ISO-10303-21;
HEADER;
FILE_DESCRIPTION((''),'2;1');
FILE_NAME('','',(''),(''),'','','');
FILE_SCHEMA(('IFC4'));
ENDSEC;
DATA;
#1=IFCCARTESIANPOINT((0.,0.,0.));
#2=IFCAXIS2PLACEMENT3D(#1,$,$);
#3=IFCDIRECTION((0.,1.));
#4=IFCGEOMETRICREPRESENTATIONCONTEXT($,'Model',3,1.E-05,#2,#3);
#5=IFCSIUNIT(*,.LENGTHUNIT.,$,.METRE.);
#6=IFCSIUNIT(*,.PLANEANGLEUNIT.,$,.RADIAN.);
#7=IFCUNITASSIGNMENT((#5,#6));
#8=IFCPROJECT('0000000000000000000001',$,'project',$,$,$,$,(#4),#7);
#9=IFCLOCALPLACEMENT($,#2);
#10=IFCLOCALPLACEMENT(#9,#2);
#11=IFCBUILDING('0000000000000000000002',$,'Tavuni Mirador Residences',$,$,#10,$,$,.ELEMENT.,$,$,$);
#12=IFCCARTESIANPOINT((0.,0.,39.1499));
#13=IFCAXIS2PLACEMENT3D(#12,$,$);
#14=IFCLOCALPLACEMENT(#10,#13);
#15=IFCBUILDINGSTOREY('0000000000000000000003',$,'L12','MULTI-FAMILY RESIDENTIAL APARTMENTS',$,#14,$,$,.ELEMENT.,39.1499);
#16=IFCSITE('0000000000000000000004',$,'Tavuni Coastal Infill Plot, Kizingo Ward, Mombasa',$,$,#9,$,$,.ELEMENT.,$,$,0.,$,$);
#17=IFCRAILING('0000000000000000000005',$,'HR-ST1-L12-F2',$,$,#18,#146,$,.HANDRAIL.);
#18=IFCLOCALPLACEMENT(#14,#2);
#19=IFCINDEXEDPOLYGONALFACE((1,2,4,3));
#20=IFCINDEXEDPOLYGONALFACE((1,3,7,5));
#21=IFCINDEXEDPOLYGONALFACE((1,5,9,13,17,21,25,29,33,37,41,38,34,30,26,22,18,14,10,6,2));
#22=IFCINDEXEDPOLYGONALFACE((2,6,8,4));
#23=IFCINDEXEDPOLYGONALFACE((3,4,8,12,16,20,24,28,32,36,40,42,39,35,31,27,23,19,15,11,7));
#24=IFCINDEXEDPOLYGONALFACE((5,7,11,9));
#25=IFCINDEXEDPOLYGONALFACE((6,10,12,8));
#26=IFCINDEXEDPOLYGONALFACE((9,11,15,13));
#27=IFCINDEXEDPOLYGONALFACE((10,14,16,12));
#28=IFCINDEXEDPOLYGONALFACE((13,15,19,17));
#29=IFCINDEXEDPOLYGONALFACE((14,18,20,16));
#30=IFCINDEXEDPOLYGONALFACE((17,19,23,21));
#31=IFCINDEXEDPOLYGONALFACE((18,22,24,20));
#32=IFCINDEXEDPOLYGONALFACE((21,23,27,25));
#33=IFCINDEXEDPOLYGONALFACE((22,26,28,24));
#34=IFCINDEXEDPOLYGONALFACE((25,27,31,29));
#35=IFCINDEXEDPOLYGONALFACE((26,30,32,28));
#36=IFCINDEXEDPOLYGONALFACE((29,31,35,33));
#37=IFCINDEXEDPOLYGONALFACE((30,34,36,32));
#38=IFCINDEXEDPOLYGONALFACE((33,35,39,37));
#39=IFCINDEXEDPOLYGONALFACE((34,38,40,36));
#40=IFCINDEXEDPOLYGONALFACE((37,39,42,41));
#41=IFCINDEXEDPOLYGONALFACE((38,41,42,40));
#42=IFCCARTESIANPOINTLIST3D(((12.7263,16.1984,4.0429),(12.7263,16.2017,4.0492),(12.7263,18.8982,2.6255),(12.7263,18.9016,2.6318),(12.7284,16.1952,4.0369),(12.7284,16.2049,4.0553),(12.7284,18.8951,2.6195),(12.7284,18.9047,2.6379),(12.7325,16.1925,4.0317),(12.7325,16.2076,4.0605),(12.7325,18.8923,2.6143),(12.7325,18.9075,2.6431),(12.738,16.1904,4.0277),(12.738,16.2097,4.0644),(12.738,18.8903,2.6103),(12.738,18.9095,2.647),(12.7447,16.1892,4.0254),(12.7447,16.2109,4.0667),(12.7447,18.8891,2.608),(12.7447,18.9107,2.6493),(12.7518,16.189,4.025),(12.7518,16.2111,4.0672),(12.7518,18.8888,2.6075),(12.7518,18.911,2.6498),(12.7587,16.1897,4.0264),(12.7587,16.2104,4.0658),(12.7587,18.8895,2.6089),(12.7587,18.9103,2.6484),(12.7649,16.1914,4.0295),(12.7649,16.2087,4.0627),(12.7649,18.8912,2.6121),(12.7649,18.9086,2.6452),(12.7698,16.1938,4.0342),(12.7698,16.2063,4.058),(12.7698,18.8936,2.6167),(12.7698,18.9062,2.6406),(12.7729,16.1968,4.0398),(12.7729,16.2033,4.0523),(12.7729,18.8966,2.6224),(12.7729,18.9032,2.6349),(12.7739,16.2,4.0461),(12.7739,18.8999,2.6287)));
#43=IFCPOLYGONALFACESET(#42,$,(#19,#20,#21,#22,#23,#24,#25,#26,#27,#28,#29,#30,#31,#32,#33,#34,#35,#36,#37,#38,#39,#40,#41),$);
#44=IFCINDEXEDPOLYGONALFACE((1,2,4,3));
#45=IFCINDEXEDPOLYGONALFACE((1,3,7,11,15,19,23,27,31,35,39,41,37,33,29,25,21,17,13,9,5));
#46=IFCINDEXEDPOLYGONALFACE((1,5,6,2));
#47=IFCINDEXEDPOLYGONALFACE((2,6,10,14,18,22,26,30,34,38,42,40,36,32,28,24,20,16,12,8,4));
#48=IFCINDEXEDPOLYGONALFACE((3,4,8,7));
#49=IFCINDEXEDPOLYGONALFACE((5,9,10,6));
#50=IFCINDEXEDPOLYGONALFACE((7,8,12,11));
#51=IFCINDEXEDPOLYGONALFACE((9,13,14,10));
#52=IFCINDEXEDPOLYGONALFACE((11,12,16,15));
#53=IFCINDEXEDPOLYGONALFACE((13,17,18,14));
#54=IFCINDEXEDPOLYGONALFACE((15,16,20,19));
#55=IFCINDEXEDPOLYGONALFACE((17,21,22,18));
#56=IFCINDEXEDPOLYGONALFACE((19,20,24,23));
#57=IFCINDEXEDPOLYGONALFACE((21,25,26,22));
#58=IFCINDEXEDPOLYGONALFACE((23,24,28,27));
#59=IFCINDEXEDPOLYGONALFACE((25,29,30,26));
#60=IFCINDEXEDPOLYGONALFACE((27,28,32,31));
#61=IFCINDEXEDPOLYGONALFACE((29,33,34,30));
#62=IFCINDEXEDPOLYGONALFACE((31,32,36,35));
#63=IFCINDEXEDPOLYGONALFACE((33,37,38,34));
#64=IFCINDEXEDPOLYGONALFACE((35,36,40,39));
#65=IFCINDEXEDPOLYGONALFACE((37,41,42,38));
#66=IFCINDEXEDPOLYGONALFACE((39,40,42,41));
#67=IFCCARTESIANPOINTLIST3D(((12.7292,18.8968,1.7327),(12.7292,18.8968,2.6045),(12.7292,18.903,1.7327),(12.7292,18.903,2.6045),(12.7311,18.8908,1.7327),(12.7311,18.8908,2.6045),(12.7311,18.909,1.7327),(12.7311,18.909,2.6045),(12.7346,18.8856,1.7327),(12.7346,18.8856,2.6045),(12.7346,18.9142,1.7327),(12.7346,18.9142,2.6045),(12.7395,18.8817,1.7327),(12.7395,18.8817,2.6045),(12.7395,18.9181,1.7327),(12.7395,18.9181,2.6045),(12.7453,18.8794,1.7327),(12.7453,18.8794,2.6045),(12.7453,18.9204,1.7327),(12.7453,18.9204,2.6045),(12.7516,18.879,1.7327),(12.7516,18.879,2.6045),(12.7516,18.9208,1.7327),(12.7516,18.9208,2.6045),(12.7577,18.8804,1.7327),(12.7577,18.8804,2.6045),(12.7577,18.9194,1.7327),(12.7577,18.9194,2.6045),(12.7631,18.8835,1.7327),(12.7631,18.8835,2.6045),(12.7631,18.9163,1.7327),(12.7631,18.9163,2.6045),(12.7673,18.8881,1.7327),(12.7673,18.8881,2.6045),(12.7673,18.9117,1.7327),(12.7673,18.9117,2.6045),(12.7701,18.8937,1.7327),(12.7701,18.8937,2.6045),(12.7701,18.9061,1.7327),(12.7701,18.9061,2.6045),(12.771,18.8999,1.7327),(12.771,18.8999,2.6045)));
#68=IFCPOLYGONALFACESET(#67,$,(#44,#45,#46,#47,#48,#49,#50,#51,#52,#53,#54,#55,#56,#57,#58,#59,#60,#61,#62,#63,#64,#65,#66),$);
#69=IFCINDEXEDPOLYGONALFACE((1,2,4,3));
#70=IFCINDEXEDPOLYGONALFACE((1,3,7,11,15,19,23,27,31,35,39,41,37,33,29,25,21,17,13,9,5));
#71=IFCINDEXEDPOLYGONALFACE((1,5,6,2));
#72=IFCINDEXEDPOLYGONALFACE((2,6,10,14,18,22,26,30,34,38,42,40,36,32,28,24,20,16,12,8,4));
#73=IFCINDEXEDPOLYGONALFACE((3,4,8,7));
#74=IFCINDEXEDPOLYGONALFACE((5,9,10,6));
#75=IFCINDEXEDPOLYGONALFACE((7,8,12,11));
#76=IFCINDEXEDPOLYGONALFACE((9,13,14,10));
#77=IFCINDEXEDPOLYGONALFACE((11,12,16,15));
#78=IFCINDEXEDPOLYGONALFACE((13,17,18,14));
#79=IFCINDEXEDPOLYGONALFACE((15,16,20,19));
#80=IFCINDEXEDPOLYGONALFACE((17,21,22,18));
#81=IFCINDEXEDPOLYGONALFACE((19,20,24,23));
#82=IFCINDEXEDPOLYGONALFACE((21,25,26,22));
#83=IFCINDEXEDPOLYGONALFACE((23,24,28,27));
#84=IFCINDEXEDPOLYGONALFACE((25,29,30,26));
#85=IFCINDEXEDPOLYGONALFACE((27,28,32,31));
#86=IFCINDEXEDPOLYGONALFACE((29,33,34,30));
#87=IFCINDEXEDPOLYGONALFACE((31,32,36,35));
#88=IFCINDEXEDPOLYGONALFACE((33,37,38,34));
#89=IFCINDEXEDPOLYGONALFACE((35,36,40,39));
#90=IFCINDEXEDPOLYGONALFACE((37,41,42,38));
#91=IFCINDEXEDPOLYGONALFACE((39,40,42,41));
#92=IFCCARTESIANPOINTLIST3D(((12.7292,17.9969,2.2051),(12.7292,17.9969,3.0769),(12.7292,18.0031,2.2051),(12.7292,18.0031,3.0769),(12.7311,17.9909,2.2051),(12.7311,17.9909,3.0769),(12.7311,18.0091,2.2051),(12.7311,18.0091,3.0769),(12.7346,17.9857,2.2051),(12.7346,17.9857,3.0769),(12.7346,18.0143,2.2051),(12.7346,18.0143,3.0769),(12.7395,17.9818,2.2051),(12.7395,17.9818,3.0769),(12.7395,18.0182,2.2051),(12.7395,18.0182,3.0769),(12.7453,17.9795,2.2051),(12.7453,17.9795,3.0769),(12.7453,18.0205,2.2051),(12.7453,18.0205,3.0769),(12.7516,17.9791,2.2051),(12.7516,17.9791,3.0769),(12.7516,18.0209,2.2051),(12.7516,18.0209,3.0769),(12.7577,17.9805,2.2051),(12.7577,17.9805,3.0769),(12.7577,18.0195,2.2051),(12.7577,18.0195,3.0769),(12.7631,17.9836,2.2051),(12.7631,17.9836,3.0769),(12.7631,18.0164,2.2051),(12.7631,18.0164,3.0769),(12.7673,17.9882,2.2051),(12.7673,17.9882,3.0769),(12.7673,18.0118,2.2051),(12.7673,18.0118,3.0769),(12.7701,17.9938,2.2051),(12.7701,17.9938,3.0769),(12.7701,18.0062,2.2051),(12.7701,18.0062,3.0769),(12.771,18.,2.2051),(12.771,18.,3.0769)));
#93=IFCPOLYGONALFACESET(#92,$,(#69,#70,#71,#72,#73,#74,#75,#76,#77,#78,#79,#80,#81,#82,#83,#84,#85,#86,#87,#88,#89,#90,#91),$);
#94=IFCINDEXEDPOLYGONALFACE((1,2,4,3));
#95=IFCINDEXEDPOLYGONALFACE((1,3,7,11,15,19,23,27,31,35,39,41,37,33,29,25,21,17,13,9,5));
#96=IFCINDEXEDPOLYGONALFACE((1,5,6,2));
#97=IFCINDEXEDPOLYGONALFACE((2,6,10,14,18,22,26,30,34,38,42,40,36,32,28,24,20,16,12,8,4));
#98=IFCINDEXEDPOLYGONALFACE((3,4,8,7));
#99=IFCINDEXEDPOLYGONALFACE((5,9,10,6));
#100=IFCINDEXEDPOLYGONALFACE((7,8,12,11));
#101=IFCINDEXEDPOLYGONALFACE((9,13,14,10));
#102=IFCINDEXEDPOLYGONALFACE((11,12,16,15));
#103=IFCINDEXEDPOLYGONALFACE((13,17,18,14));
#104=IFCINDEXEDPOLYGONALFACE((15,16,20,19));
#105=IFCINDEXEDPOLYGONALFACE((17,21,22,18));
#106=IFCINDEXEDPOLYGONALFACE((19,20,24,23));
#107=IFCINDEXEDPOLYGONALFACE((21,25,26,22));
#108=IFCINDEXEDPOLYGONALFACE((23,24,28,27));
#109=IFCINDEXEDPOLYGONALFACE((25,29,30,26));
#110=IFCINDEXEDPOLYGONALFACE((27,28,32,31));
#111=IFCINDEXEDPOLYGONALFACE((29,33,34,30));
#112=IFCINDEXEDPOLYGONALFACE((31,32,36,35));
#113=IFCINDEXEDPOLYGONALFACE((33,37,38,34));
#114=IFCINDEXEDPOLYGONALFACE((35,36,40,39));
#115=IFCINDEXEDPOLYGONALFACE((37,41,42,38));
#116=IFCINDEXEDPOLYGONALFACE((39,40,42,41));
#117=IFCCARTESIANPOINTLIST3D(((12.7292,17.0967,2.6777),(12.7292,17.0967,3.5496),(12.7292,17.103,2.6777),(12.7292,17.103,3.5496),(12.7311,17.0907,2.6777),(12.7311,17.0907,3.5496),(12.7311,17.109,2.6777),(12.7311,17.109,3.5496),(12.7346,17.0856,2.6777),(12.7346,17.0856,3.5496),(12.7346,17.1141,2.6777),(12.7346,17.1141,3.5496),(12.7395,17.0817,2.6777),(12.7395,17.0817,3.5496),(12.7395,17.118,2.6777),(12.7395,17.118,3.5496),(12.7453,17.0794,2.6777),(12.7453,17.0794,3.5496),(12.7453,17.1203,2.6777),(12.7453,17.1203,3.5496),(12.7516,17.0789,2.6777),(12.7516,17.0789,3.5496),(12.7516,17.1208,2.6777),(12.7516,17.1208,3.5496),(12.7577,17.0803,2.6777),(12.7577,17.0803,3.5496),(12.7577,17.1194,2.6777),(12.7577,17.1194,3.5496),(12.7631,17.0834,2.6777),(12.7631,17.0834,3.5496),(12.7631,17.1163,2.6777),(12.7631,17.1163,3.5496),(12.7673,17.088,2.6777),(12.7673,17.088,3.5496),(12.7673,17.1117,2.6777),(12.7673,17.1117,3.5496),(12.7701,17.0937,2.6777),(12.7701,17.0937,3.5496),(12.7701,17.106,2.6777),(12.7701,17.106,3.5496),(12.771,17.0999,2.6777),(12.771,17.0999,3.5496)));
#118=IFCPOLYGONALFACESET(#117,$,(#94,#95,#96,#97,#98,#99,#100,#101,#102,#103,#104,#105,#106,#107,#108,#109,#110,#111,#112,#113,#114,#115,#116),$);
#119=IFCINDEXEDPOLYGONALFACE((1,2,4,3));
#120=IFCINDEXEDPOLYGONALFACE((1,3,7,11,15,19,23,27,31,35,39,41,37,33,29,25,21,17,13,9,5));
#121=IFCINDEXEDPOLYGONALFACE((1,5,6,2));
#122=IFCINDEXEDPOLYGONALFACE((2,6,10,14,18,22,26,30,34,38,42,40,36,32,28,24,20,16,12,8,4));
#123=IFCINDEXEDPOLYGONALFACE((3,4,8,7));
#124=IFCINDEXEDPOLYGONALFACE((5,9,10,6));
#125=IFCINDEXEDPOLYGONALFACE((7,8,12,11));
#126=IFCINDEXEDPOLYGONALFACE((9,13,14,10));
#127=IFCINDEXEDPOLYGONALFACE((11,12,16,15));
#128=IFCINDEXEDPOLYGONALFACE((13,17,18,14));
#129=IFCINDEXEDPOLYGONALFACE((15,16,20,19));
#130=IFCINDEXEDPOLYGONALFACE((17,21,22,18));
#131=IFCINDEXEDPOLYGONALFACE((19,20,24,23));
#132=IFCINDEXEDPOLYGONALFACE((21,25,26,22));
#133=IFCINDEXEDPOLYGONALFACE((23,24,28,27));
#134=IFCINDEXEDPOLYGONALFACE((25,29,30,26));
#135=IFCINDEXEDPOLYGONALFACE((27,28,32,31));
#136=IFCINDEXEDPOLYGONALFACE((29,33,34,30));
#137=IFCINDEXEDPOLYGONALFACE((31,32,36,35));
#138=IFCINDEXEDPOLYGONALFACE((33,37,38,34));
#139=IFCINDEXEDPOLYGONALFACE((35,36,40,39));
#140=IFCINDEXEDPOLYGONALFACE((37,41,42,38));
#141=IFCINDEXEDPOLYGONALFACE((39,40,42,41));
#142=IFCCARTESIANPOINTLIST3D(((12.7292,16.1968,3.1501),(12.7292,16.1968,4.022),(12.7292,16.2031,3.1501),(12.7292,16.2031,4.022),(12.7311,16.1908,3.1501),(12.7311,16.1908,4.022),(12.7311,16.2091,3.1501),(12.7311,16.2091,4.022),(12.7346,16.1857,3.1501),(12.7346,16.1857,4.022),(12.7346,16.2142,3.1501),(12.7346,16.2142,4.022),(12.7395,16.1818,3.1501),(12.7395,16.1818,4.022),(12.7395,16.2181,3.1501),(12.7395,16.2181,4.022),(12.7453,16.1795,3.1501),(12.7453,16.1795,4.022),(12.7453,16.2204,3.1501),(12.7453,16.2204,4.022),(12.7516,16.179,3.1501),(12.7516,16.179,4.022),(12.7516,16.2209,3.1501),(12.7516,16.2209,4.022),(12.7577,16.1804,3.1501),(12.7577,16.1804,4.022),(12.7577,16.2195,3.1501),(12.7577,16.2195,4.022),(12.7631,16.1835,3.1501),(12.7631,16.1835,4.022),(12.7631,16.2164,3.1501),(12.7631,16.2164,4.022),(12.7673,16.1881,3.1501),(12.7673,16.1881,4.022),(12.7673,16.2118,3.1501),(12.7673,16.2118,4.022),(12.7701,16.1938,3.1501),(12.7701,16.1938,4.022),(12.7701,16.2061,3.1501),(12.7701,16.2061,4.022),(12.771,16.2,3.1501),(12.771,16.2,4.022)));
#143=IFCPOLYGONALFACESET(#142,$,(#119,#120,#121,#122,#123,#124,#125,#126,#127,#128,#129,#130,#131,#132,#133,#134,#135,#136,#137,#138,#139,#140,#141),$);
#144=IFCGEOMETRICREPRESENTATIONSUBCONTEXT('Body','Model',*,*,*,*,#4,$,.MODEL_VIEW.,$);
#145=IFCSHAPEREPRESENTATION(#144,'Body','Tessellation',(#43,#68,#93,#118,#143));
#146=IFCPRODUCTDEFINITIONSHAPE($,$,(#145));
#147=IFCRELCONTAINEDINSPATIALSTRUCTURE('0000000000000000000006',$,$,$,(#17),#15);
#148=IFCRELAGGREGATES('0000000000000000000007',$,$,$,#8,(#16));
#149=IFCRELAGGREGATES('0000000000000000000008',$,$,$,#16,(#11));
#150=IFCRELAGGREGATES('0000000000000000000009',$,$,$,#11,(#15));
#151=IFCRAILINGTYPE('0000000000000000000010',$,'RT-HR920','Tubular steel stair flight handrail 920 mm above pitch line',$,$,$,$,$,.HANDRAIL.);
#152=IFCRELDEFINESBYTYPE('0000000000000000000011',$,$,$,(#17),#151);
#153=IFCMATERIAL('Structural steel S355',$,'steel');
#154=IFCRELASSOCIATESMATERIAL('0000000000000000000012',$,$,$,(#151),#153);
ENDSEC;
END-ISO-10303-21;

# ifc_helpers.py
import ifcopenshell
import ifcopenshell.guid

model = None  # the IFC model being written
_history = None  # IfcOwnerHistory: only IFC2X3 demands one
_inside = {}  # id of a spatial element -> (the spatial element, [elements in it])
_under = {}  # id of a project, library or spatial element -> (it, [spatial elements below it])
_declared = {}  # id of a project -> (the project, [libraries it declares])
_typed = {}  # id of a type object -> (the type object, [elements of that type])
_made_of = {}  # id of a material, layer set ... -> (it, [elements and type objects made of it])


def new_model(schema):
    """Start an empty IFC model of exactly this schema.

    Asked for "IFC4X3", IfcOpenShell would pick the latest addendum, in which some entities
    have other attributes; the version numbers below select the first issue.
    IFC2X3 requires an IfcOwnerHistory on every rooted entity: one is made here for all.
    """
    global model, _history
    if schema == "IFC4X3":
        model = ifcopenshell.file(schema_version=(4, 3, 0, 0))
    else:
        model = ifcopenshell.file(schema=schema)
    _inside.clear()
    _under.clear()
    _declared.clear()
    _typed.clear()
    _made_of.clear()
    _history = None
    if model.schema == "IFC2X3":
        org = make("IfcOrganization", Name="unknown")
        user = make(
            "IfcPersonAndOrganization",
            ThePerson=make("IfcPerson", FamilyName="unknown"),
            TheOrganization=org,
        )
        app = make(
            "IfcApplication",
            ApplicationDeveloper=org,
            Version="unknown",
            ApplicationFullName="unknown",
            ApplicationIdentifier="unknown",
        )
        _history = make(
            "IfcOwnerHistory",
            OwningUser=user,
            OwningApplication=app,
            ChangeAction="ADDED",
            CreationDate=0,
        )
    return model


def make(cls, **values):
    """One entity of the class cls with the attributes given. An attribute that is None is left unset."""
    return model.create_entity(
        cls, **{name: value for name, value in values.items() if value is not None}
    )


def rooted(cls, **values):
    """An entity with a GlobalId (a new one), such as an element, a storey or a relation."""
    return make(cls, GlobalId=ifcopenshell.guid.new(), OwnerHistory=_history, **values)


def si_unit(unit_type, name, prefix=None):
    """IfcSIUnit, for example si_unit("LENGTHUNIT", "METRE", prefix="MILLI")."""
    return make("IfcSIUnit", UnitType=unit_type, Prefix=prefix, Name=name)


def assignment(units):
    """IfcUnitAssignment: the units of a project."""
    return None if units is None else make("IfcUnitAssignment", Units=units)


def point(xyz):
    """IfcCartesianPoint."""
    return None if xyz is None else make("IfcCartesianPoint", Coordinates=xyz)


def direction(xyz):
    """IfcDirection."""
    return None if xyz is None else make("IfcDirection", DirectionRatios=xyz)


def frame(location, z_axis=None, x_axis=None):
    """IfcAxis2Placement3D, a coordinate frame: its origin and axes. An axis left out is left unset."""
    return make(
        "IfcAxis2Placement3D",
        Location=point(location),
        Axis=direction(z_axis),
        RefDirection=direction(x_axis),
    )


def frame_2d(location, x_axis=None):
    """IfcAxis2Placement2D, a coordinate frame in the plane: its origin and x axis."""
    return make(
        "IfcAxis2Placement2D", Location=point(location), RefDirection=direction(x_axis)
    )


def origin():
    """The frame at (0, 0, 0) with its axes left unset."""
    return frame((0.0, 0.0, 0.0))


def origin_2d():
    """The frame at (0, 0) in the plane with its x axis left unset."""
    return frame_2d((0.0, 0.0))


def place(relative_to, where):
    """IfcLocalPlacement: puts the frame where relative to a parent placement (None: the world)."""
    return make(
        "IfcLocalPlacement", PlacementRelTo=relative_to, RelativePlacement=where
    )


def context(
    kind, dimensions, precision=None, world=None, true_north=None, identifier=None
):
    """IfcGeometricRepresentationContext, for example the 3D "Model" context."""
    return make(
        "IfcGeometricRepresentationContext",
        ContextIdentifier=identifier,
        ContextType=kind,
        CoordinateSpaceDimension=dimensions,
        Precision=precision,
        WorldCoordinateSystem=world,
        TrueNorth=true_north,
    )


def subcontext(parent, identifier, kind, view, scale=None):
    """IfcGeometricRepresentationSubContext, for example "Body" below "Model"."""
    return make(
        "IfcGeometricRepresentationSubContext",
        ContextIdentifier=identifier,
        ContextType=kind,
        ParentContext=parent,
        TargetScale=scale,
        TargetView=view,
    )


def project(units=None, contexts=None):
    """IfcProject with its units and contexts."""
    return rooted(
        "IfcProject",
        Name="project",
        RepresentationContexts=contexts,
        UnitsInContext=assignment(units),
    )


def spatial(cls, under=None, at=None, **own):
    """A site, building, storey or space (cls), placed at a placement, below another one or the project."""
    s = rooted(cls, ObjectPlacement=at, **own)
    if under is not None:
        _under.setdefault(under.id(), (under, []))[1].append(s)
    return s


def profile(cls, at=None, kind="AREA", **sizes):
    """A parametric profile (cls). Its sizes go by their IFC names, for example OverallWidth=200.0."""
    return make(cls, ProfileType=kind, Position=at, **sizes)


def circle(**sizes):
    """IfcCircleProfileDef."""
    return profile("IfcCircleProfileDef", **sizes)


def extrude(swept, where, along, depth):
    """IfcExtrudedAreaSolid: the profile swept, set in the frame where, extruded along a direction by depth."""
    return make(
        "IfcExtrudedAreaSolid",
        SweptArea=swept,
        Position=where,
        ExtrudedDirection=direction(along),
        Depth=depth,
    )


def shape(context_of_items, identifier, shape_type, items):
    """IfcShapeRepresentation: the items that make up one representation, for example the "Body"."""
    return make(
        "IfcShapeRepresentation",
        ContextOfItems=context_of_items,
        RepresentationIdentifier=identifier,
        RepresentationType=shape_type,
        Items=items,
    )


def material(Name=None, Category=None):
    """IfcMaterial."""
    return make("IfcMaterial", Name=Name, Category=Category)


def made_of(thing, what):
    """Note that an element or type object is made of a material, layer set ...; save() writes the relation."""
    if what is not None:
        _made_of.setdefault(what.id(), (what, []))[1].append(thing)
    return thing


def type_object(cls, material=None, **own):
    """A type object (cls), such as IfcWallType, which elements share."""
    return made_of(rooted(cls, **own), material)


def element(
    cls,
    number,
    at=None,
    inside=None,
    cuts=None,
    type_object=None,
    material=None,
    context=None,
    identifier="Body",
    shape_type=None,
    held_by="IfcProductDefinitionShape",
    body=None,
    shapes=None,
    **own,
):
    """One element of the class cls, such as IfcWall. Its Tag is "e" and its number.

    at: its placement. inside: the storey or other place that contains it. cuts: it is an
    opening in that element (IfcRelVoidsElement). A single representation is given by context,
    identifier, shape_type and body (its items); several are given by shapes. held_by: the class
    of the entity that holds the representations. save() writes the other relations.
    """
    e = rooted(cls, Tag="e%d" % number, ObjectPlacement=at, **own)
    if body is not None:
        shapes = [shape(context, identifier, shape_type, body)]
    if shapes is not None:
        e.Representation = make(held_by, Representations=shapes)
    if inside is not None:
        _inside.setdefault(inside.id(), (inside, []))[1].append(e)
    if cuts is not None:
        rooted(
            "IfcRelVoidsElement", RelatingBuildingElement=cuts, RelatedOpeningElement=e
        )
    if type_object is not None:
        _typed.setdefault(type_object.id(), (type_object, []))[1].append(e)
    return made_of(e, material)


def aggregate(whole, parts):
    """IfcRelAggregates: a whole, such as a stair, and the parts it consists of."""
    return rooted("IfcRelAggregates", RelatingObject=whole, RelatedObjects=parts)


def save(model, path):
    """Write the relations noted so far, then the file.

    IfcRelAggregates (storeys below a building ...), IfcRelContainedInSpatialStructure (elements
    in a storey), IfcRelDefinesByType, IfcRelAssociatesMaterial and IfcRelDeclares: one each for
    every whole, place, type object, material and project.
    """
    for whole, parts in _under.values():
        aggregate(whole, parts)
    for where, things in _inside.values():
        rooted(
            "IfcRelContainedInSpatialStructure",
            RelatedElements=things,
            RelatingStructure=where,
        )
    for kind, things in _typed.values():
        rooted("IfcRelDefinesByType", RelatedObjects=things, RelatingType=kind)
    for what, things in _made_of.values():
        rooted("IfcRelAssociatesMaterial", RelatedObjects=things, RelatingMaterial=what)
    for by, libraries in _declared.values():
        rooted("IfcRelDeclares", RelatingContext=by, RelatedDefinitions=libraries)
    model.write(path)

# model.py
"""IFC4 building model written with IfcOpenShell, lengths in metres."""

from ifc_helpers import new_model, si_unit, direction, frame, origin, origin_2d, place, context, subcontext, project, spatial, circle, extrude, material, type_object, element, save


model = new_model("IFC4")

# Units and contexts
model_context = context("Model", 3, precision=1e-05, world=origin(), true_north=direction((0.0, 1.0)))
body_context = subcontext(model_context, "Body", "Model", "MODEL_VIEW")
ifc_project = project(units=[si_unit("LENGTHUNIT", "METRE"), si_unit("PLANEANGLEUNIT", "RADIAN")], contexts=[model_context])

# Site, building, storey
site_placement = place(None, origin())
site = spatial("IfcSite", under=ifc_project, at=site_placement, Name="Tavuni Coastal Infill Plot, Kizingo Ward, Mombasa", CompositionType="ELEMENT", RefElevation=0.0)
building_placement = place(site_placement, origin())
building = spatial("IfcBuilding", under=site, at=building_placement, Name="Tavuni Mirador Residences", CompositionType="ELEMENT")
storey_placement = place(building_placement, frame((0.0, 0.0, 39.1499)))
storey = spatial("IfcBuildingStorey", under=building, at=storey_placement, Name="L12", Description="MULTI-FAMILY RESIDENTIAL APARTMENTS", CompositionType="ELEMENT", Elevation=39.1499)

# Shared definitions
ifc_material_1 = material(Name="Structural steel S355", Category="steel")

# Railing
railing_type_1 = type_object("IfcRailingType", Name="RT-HR920", Description="Tubular steel stair flight handrail 920 mm above pitch line", PredefinedType="HANDRAIL", material=ifc_material_1)
railing_1_placement = place(storey_placement, frame((12.75, 18.8999, 1.7327)))
element("IfcRailing", 1, at=railing_1_placement, inside=storey, type_object=railing_type_1, Name="HR-ST1-L12-F2", PredefinedType="HANDRAIL", context=body_context, shape_type="SweptSolid", body=[
    extrude(circle(Radius=0.0239, at=origin_2d()), frame((0.0, 0.0, 0.896), z_axis=(0.0, -0.885397, 0.464835), x_axis=(1.0, 0.0, 0.0)), (0.0, 0.0, 1.0), 3.0493),
    extrude(circle(Radius=0.021, at=origin_2d()), origin(), (0.0, 0.0, 1.0), 0.8718),
    extrude(circle(Radius=0.021, at=origin_2d()), frame((0.0, -0.8999, 0.4724)), (0.0, 0.0, 1.0), 0.8718),
    extrude(circle(Radius=0.021, at=origin_2d()), frame((0.0, -1.8, 0.9451)), (0.0, 0.0, 1.0), 0.8718),
    extrude(circle(Radius=0.021, at=origin_2d()), frame((0.0, -2.7, 1.4175)), (0.0, 0.0, 1.0), 0.8718),
])

save(model, "model.ifc")
